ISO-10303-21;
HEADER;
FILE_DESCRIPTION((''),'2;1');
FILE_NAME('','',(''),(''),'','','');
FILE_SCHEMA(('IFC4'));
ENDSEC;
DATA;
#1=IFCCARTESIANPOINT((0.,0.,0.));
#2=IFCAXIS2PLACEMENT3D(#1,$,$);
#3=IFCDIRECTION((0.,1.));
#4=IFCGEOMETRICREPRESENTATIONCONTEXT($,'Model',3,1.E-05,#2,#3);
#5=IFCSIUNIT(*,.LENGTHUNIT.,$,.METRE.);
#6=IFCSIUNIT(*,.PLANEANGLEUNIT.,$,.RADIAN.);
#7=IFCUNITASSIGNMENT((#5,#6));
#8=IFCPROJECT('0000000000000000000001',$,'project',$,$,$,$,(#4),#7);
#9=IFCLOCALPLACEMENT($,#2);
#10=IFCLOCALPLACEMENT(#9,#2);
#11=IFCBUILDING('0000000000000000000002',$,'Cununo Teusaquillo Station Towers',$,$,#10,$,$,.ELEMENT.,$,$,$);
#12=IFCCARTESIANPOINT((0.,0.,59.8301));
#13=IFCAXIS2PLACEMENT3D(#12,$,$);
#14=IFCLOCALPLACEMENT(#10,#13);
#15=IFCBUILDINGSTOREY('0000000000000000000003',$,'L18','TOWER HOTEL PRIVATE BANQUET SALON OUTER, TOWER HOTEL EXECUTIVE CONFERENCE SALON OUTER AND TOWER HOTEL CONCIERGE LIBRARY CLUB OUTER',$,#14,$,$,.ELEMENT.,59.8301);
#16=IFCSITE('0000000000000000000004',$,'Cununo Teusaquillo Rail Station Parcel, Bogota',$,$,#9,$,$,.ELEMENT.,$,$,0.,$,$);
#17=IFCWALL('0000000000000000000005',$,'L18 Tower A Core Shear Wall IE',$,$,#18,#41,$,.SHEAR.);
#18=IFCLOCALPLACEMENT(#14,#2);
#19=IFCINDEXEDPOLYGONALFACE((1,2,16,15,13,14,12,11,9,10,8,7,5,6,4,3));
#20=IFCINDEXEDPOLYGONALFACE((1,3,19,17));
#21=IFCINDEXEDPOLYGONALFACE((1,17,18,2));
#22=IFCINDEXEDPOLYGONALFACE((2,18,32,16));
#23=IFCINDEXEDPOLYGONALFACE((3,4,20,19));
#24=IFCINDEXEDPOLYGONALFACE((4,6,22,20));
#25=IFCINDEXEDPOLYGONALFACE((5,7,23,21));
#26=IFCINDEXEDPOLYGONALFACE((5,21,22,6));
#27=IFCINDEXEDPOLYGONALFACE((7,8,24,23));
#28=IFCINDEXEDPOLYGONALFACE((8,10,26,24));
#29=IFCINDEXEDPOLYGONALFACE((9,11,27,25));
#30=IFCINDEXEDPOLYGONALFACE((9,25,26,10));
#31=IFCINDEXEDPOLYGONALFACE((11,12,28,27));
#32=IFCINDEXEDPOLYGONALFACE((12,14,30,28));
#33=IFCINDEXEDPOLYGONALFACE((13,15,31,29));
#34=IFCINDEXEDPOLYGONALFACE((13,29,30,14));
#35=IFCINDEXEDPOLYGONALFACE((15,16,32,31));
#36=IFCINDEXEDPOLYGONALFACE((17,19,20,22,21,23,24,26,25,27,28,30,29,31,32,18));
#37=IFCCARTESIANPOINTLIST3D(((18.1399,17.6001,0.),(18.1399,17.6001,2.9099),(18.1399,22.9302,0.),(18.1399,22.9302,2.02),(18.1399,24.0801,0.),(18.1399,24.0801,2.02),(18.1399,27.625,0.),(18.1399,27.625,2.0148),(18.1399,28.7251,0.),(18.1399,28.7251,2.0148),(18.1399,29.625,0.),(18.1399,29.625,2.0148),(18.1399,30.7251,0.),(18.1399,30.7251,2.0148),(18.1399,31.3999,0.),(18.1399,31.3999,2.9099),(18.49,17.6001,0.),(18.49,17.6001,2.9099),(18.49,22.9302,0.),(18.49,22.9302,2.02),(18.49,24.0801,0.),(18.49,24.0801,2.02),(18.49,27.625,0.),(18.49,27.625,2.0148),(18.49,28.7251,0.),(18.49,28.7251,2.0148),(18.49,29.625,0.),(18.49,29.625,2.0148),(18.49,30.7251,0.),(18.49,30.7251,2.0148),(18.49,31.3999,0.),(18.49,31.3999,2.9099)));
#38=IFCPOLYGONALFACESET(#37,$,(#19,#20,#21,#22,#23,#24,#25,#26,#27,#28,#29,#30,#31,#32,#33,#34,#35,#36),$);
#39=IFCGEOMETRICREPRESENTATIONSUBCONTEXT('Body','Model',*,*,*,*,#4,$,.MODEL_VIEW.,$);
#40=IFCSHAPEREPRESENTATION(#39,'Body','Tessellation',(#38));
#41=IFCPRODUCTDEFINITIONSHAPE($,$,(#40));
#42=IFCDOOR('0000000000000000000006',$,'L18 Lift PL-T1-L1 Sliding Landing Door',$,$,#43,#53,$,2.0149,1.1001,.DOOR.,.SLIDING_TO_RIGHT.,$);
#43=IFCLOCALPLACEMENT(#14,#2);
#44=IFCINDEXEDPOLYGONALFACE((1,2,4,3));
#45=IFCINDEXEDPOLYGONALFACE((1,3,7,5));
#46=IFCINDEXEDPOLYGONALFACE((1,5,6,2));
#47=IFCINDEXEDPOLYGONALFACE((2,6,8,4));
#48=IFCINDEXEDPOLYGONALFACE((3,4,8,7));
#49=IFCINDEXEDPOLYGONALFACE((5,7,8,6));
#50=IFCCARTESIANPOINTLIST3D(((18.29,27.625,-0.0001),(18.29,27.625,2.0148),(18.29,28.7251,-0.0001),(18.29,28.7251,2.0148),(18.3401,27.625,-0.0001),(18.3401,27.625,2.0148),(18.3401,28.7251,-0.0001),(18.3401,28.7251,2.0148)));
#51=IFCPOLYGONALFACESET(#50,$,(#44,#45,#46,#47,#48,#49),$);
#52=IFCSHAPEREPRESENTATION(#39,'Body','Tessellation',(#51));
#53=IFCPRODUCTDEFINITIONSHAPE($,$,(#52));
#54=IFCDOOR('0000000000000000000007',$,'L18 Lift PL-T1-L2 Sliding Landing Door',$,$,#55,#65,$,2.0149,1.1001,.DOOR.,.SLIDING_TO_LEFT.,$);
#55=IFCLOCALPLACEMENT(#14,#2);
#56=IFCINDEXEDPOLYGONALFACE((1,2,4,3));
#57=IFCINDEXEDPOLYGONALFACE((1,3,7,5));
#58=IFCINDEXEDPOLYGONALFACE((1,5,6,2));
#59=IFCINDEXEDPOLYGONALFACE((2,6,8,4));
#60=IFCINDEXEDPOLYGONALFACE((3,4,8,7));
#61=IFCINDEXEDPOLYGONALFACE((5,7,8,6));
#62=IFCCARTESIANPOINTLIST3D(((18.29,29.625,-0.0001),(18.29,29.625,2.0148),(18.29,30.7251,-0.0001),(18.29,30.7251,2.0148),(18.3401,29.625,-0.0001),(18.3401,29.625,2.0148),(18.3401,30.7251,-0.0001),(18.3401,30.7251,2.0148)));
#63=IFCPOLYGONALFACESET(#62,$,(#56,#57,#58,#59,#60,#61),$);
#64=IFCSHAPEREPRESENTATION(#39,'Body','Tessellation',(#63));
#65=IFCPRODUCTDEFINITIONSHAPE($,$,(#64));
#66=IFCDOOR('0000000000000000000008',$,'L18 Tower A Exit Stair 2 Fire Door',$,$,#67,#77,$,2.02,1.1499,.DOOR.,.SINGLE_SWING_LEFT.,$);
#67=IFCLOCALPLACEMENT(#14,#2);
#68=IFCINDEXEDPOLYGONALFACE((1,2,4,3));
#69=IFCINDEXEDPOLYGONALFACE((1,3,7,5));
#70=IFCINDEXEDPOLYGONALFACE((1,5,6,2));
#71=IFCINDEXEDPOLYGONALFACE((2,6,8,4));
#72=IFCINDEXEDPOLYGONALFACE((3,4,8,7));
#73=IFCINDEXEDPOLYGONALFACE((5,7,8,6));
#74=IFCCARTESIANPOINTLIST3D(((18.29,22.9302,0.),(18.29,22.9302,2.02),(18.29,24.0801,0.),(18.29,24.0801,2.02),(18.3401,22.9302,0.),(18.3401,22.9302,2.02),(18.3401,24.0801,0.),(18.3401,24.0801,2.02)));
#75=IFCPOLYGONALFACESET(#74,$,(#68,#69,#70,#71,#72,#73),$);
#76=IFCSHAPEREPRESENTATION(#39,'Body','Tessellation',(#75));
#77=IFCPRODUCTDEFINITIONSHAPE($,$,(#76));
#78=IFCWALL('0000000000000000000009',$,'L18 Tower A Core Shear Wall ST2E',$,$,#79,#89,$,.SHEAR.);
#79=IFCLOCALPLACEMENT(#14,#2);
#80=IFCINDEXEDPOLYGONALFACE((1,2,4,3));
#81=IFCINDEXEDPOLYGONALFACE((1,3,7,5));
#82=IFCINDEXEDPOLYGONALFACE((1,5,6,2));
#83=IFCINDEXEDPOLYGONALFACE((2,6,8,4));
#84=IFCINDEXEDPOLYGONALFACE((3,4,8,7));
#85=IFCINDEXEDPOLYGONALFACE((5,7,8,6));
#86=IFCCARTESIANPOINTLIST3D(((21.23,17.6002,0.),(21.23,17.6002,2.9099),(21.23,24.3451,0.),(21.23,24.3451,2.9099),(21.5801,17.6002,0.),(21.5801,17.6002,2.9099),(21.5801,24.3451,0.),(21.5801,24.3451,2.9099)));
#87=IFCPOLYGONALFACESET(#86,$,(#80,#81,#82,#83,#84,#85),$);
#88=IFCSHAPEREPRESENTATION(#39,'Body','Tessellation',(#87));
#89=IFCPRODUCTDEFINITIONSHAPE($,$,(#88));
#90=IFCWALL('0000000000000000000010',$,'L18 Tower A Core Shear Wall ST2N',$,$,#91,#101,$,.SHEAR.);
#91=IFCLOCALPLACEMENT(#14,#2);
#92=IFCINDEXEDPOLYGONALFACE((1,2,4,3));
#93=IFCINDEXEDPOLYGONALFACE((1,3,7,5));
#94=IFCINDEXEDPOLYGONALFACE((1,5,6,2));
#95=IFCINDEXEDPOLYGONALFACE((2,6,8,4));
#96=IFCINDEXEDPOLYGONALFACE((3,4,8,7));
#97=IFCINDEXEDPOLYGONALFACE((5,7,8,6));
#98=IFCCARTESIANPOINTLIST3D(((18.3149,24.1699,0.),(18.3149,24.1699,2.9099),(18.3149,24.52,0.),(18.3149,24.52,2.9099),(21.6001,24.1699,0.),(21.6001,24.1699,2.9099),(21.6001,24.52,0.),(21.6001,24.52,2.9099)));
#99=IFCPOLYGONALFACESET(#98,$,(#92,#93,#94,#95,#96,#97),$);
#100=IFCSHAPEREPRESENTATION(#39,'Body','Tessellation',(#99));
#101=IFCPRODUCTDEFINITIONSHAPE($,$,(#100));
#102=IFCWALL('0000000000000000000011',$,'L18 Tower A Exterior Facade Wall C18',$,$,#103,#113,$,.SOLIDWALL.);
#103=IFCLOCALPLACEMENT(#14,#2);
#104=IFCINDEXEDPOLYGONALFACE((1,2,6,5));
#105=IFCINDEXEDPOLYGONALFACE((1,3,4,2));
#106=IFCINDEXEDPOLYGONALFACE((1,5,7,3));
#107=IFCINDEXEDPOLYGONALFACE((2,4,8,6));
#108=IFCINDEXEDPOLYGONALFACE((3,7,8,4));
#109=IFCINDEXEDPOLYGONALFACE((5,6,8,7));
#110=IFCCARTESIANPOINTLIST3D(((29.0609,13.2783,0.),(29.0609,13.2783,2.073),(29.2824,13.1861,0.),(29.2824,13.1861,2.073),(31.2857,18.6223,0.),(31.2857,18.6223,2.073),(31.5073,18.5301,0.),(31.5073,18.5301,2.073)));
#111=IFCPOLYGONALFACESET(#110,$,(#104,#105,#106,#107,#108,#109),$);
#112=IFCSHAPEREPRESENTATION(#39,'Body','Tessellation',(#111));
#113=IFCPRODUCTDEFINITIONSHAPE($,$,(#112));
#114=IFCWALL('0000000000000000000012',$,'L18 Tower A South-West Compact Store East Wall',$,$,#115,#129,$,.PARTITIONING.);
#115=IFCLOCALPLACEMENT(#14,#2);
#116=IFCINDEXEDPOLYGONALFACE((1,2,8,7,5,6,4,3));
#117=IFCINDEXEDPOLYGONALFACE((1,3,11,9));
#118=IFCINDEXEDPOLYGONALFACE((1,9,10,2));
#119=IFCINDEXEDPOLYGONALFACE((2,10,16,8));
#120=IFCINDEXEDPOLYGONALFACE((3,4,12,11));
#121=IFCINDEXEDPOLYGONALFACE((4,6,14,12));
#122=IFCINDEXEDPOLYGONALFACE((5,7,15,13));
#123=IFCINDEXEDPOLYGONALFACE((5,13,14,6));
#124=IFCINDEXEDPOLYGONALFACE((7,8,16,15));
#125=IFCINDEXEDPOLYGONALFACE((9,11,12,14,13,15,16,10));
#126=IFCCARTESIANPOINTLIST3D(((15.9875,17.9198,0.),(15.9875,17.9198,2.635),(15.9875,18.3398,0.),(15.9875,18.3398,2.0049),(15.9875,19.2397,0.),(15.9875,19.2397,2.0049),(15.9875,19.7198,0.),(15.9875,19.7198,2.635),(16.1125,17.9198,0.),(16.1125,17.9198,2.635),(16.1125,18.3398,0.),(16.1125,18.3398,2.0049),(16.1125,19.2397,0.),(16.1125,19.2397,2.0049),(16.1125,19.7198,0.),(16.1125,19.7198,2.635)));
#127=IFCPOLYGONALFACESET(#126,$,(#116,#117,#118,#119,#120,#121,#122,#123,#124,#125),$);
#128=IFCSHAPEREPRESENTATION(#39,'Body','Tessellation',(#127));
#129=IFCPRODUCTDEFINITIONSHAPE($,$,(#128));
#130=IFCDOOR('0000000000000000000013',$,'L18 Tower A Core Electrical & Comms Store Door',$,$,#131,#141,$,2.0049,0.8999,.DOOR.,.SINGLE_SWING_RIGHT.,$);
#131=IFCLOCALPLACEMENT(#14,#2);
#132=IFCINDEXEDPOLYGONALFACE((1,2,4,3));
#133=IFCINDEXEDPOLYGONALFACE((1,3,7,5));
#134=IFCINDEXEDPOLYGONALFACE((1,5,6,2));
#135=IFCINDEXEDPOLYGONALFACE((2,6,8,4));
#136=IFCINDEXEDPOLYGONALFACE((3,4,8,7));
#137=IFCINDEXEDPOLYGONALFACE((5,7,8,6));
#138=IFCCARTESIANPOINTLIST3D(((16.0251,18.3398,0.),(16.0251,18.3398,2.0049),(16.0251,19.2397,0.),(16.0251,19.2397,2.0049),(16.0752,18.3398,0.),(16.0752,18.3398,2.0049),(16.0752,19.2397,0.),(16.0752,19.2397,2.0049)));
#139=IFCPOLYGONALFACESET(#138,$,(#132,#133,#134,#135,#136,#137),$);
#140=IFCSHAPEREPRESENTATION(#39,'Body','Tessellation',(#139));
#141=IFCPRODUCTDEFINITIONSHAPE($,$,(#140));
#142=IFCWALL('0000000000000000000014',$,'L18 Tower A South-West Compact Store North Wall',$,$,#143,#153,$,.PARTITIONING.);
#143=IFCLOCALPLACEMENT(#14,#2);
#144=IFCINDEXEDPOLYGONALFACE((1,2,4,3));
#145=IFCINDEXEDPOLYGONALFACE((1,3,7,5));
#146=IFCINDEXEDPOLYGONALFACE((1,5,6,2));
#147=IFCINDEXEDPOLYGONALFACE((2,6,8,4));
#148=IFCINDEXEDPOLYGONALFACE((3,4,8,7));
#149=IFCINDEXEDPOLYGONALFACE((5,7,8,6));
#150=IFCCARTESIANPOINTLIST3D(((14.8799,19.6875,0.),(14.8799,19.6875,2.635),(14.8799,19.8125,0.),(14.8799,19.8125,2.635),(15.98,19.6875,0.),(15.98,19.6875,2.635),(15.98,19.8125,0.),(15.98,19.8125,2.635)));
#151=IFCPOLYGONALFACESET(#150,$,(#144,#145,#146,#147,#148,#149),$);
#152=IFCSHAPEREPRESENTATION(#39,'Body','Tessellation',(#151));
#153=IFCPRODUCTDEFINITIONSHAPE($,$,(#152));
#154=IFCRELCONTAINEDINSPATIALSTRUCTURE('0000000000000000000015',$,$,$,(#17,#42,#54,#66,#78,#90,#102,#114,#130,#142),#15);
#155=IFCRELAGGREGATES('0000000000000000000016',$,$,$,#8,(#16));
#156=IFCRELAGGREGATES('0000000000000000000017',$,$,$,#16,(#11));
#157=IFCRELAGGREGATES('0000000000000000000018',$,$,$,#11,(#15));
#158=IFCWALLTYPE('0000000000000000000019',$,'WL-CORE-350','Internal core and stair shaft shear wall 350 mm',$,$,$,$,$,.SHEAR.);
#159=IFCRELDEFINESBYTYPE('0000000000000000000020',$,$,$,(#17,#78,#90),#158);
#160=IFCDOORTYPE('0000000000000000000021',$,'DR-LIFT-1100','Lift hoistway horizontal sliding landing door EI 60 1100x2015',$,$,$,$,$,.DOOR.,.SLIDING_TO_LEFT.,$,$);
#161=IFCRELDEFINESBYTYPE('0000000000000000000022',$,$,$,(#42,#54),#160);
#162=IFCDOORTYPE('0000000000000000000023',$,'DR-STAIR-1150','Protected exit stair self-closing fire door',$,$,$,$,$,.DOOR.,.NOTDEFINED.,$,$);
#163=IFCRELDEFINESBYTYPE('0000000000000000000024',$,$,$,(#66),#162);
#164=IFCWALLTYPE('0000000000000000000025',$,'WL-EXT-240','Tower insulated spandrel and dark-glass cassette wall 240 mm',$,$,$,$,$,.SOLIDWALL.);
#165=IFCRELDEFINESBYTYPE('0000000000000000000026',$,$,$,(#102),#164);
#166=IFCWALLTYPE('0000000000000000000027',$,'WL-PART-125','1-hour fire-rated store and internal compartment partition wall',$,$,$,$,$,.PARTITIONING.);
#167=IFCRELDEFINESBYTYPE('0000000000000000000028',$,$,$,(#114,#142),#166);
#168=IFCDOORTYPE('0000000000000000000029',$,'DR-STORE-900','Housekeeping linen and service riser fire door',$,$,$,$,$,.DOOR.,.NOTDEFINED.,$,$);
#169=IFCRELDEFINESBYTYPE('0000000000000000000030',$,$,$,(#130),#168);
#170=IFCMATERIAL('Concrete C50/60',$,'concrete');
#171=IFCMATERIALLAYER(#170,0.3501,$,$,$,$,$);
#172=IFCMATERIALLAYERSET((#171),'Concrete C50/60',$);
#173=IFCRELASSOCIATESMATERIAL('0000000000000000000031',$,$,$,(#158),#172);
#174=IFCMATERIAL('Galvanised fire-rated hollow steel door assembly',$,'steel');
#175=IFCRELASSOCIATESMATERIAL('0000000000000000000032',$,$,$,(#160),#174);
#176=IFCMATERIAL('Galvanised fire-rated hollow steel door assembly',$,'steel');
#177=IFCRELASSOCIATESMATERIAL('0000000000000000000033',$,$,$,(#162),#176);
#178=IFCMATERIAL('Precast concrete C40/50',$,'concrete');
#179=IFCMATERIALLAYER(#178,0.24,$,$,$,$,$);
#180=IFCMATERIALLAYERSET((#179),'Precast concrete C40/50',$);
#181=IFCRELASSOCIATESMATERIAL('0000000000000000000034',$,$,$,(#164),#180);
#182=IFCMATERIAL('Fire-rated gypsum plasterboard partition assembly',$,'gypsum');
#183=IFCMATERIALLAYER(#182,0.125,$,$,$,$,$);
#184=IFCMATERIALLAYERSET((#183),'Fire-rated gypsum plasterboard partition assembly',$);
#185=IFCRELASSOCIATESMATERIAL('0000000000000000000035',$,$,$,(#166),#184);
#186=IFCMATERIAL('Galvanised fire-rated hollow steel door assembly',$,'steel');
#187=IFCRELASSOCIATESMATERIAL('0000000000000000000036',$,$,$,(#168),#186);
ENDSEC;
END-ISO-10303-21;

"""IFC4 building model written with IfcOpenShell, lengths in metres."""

from ifc_helpers import new_model, si_unit, direction, frame, frame_2d, origin, place, context, subcontext, project, spatial, rectangle, extrude, source, transform, mapped, material, layer, layer_set, type_object, element, fill, save


model = new_model("IFC4")

# Units and contexts
model_context = context("Model", 3, precision=1e-05, world=origin(), true_north=direction((0.0, 1.0)))
body_context = subcontext(model_context, "Body", "Model", "MODEL_VIEW")
ifc_project = project(units=[si_unit("LENGTHUNIT", "METRE"), si_unit("PLANEANGLEUNIT", "RADIAN")], contexts=[model_context])

# Site, building, storey
site_placement = place(None, origin())
site = spatial("IfcSite", under=ifc_project, at=site_placement, Name="Cununo Teusaquillo Rail Station Parcel, Bogota", CompositionType="ELEMENT", RefElevation=0.0)
building_placement = place(site_placement, origin())
building = spatial("IfcBuilding", under=site, at=building_placement, Name="Cununo Teusaquillo Station Towers", CompositionType="ELEMENT")
storey_placement = place(building_placement, frame((0.0, 0.0, 59.8301)))
storey = spatial("IfcBuildingStorey", under=building, at=storey_placement, Name="L18", Description="TOWER HOTEL PRIVATE BANQUET SALON OUTER, TOWER HOTEL EXECUTIVE CONFERENCE SALON OUTER AND TOWER HOTEL CONCIERGE LIBRARY CLUB OUTER", CompositionType="ELEMENT", Elevation=59.8301)

# Wall, openings, doors
ifc_material_1 = material(Name="Concrete C50/60", Category="concrete")
ifc_layer_1 = layer(ifc_material_1, 0.3501)
ifc_layer_set_1 = layer_set([ifc_layer_1], Name="Concrete C50/60")
wall_type_1 = type_object("IfcWallType", Name="WL-CORE-350", Description="Internal core and stair shaft shear wall 350 mm", PredefinedType="SHEAR", material=ifc_layer_set_1)
wall_1_placement = place(storey_placement, frame((18.3149, 17.6001, 0.0), z_axis=(0.0, 0.0, 1.0), x_axis=(0.0, 1.0, 0.0)))
wall_1 = element("IfcWall", 1, at=wall_1_placement, inside=storey, type_object=wall_type_1, Name="L18 Tower A Core Shear Wall IE", PredefinedType="SHEAR", context=body_context, shape_type="SweptSolid", body=[
    extrude(rectangle(XDim=13.7998, YDim=0.3501, at=frame_2d((6.8999, 0.0))), origin(), (0.0, 0.0, 1.0), 2.9099),
])
shared_shape_1 = source(origin(), body_context, "Body", "SweptSolid", [
    extrude(rectangle(XDim=1.1001, YDim=2.0149, at=frame_2d((0.55, 1.0073))), frame((0.0, 0.1851, 0.0), z_axis=(0.0, -1.0, 0.0), x_axis=(1.0, 0.0, 0.0)), (0.0, 0.0, 1.0), 0.3701),
])
opening_1_placement = place(wall_1_placement, frame((10.0249, 0.0, 0.0)))
opening_1 = element("IfcOpeningElement", 2, at=opening_1_placement, cuts=wall_1, PredefinedType="OPENING", context=body_context, shape_type="MappedRepresentation", body=[
    mapped(shared_shape_1, transform((0.0, 0.0, 0.0), x_axis=(1.0, 0.0, 0.0), y_axis=(0.0, 1.0, 0.0), z_axis=(0.0, 0.0, 1.0), scale=1.0)),
])
opening_2_placement = place(wall_1_placement, frame((12.0249, 0.0, 0.0)))
opening_2 = element("IfcOpeningElement", 3, at=opening_2_placement, cuts=wall_1, PredefinedType="OPENING", context=body_context, shape_type="MappedRepresentation", body=[
    mapped(shared_shape_1, transform((0.0, 0.0, 0.0), x_axis=(1.0, 0.0, 0.0), y_axis=(0.0, 1.0, 0.0), z_axis=(0.0, 0.0, 1.0), scale=1.0)),
])
shared_shape_2 = source(origin(), body_context, "Body", "SweptSolid", [
    extrude(rectangle(XDim=1.1499, YDim=2.02, at=frame_2d((0.575, 1.01))), frame((0.0, 0.1851, 0.0), z_axis=(0.0, -1.0, 0.0), x_axis=(1.0, 0.0, 0.0)), (0.0, 0.0, 1.0), 0.3701),
])
opening_3_placement = place(wall_1_placement, frame((5.3301, 0.0, 0.0)))
opening_3 = element("IfcOpeningElement", 4, at=opening_3_placement, cuts=wall_1, PredefinedType="OPENING", context=body_context, shape_type="MappedRepresentation", body=[
    mapped(shared_shape_2, transform((0.0, 0.0, 0.0), x_axis=(1.0, 0.0, 0.0), y_axis=(0.0, 1.0, 0.0), z_axis=(0.0, 0.0, 1.0), scale=1.0)),
])
ifc_material_2 = material(Name="Galvanised fire-rated hollow steel door assembly", Category="steel")
door_type_1 = type_object("IfcDoorType", Name="DR-LIFT-1100", Description="Lift hoistway horizontal sliding landing door EI 60 1100x2015", OperationType="SLIDING_TO_LEFT", PredefinedType="DOOR", material=ifc_material_2)
shared_shape_3 = source(origin(), body_context, "Body", "SweptSolid", [
    extrude(rectangle(XDim=1.1001, YDim=2.0149, at=frame_2d((0.55, 1.0073))), frame((0.0, 0.0249, 0.0), z_axis=(0.0, -1.0, 0.0), x_axis=(1.0, 0.0, 0.0)), (0.0, 0.0, 1.0), 0.05),
])
door_1_placement = place(opening_1_placement, origin())
door_1 = element("IfcDoor", 5, at=door_1_placement, inside=storey, type_object=door_type_1, Name="L18 Lift PL-T1-L1 Sliding Landing Door", OperationType="SLIDING_TO_RIGHT", OverallHeight=2.0149, OverallWidth=1.1001, PredefinedType="DOOR", context=body_context, shape_type="MappedRepresentation", body=[
    mapped(shared_shape_3, transform((0.0, 0.0, 0.0), x_axis=(1.0, 0.0, 0.0), y_axis=(0.0, 1.0, 0.0), z_axis=(0.0, 0.0, 1.0), scale=1.0)),
])
fill(opening_1, door_1)
door_2_placement = place(opening_2_placement, origin())
door_2 = element("IfcDoor", 6, at=door_2_placement, inside=storey, type_object=door_type_1, Name="L18 Lift PL-T1-L2 Sliding Landing Door", OperationType="SLIDING_TO_LEFT", OverallHeight=2.0149, OverallWidth=1.1001, PredefinedType="DOOR", context=body_context, shape_type="MappedRepresentation", body=[
    mapped(shared_shape_3, transform((0.0, 0.0, 0.0), x_axis=(1.0, 0.0, 0.0), y_axis=(0.0, 1.0, 0.0), z_axis=(0.0, 0.0, 1.0), scale=1.0)),
])
fill(opening_2, door_2)
ifc_material_3 = material(Name="Galvanised fire-rated hollow steel door assembly", Category="steel")
door_type_2 = type_object("IfcDoorType", Name="DR-STAIR-1150", Description="Protected exit stair self-closing fire door", OperationType="NOTDEFINED", PredefinedType="DOOR", material=ifc_material_3)
shared_shape_4 = source(origin(), body_context, "Body", "SweptSolid", [
    extrude(rectangle(XDim=1.1499, YDim=2.02, at=frame_2d((0.575, 1.01))), frame((0.0, 0.0249, 0.0), z_axis=(0.0, -1.0, 0.0), x_axis=(1.0, 0.0, 0.0)), (0.0, 0.0, 1.0), 0.05),
])
door_3_placement = place(opening_3_placement, origin())
door_3 = element("IfcDoor", 7, at=door_3_placement, inside=storey, type_object=door_type_2, Name="L18 Tower A Exit Stair 2 Fire Door", OperationType="SINGLE_SWING_LEFT", OverallHeight=2.02, OverallWidth=1.1499, PredefinedType="DOOR", context=body_context, shape_type="MappedRepresentation", body=[
    mapped(shared_shape_4, transform((0.0, 0.0, 0.0), x_axis=(1.0, 0.0, 0.0), y_axis=(0.0, 1.0, 0.0), z_axis=(0.0, 0.0, 1.0), scale=1.0)),
])
fill(opening_3, door_3)

# Walls
wall_2_placement = place(storey_placement, frame((21.405, 17.6001, 0.0), z_axis=(0.0, 0.0, 1.0), x_axis=(0.0, 1.0, 0.0)))
element("IfcWall", 8, at=wall_2_placement, inside=storey, type_object=wall_type_1, Name="L18 Tower A Core Shear Wall ST2E", PredefinedType="SHEAR", context=body_context, shape_type="SweptSolid", body=[
    extrude(rectangle(XDim=6.7449, YDim=0.3501, at=frame_2d((3.3726, 0.0))), origin(), (0.0, 0.0, 1.0), 2.9099),
])
wall_3_placement = place(storey_placement, frame((18.3149, 24.345, 0.0), z_axis=(0.0, 0.0, 1.0), x_axis=(1.0, 0.0, 0.0)))
element("IfcWall", 9, at=wall_3_placement, inside=storey, type_object=wall_type_1, Name="L18 Tower A Core Shear Wall ST2N", PredefinedType="SHEAR", context=body_context, shape_type="SweptSolid", body=[
    extrude(rectangle(XDim=3.2852, YDim=0.3501, at=frame_2d((1.6426, 0.0))), origin(), (0.0, 0.0, 1.0), 2.9099),
])
ifc_material_4 = material(Name="Precast concrete C40/50", Category="concrete")
ifc_layer_2 = layer(ifc_material_4, 0.24)
ifc_layer_set_2 = layer_set([ifc_layer_2], Name="Precast concrete C40/50")
wall_type_2 = type_object("IfcWallType", Name="WL-EXT-240", Description="Tower insulated spandrel and dark-glass cassette wall 240 mm", PredefinedType="SOLIDWALL", material=ifc_layer_set_2)
wall_4_placement = place(storey_placement, frame((31.3965, 18.5762, 0.0), z_axis=(0.0, 0.0, 1.0), x_axis=(-0.384349, -0.923188, 0.0)))
element("IfcWall", 10, at=wall_4_placement, inside=storey, type_object=wall_type_2, Name="L18 Tower A Exterior Facade Wall C18", PredefinedType="SOLIDWALL", context=body_context, shape_type="SweptSolid", body=[
    extrude(rectangle(XDim=5.7886, YDim=0.24, at=frame_2d((2.8943, 0.0))), origin(), (0.0, 0.0, 1.0), 2.073),
])

# Wall, opening, door
ifc_material_5 = material(Name="Fire-rated gypsum plasterboard partition assembly", Category="gypsum")
ifc_layer_3 = layer(ifc_material_5, 0.125)
ifc_layer_set_3 = layer_set([ifc_layer_3], Name="Fire-rated gypsum plasterboard partition assembly")
wall_type_3 = type_object("IfcWallType", Name="WL-PART-125", Description="1-hour fire-rated store and internal compartment partition wall", PredefinedType="PARTITIONING", material=ifc_layer_set_3)
wall_5_placement = place(storey_placement, frame((16.05, 17.9199, 0.0), z_axis=(0.0, 0.0, 1.0), x_axis=(0.0, 1.0, 0.0)))
wall_5 = element("IfcWall", 11, at=wall_5_placement, inside=storey, type_object=wall_type_3, Name="L18 Tower A South-West Compact Store East Wall", PredefinedType="PARTITIONING", context=body_context, shape_type="SweptSolid", body=[
    extrude(rectangle(XDim=1.8, YDim=0.125, at=frame_2d((0.8999, 0.0))), origin(), (0.0, 0.0, 1.0), 2.635),
])
shared_shape_5 = source(origin(), body_context, "Body", "SweptSolid", [
    extrude(rectangle(XDim=0.8999, YDim=2.0049, at=frame_2d((0.45, 1.0024))), frame((0.0, 0.0725, 0.0), z_axis=(0.0, -1.0, 0.0), x_axis=(1.0, 0.0, 0.0)), (0.0, 0.0, 1.0), 0.145),
])
opening_4_placement = place(wall_5_placement, frame((0.4199, 0.0, 0.0)))
opening_4 = element("IfcOpeningElement", 12, at=opening_4_placement, cuts=wall_5, PredefinedType="OPENING", context=body_context, shape_type="MappedRepresentation", body=[
    mapped(shared_shape_5, transform((0.0, 0.0, 0.0), x_axis=(1.0, 0.0, 0.0), y_axis=(0.0, 1.0, 0.0), z_axis=(0.0, 0.0, 1.0), scale=1.0)),
])
ifc_material_6 = material(Name="Galvanised fire-rated hollow steel door assembly", Category="steel")
door_type_3 = type_object("IfcDoorType", Name="DR-STORE-900", Description="Housekeeping linen and service riser fire door", OperationType="NOTDEFINED", PredefinedType="DOOR", material=ifc_material_6)
shared_shape_6 = source(origin(), body_context, "Body", "SweptSolid", [
    extrude(rectangle(XDim=0.8999, YDim=2.0049, at=frame_2d((0.45, 1.0024))), frame((0.0, 0.0249, 0.0), z_axis=(0.0, -1.0, 0.0), x_axis=(1.0, 0.0, 0.0)), (0.0, 0.0, 1.0), 0.05),
])
door_4_placement = place(opening_4_placement, origin())
door_4 = element("IfcDoor", 13, at=door_4_placement, inside=storey, type_object=door_type_3, Name="L18 Tower A Core Electrical & Comms Store Door", OperationType="SINGLE_SWING_RIGHT", OverallHeight=2.0049, OverallWidth=0.8999, PredefinedType="DOOR", context=body_context, shape_type="MappedRepresentation", body=[
    mapped(shared_shape_6, transform((0.0, 0.0, 0.0), x_axis=(1.0, 0.0, 0.0), y_axis=(0.0, 1.0, 0.0), z_axis=(0.0, 0.0, 1.0), scale=1.0)),
])
fill(opening_4, door_4)

# Wall
wall_6_placement = place(storey_placement, frame((14.8799, 19.75, 0.0), z_axis=(0.0, 0.0, 1.0), x_axis=(1.0, 0.0, 0.0)))
element("IfcWall", 14, at=wall_6_placement, inside=storey, type_object=wall_type_3, Name="L18 Tower A South-West Compact Store North Wall", PredefinedType="PARTITIONING", context=body_context, shape_type="SweptSolid", body=[
    extrude(rectangle(XDim=1.1001, YDim=0.125, at=frame_2d((0.55, 0.0))), origin(), (0.0, 0.0, 1.0), 2.635),
])

save(model, "model.ifc")
